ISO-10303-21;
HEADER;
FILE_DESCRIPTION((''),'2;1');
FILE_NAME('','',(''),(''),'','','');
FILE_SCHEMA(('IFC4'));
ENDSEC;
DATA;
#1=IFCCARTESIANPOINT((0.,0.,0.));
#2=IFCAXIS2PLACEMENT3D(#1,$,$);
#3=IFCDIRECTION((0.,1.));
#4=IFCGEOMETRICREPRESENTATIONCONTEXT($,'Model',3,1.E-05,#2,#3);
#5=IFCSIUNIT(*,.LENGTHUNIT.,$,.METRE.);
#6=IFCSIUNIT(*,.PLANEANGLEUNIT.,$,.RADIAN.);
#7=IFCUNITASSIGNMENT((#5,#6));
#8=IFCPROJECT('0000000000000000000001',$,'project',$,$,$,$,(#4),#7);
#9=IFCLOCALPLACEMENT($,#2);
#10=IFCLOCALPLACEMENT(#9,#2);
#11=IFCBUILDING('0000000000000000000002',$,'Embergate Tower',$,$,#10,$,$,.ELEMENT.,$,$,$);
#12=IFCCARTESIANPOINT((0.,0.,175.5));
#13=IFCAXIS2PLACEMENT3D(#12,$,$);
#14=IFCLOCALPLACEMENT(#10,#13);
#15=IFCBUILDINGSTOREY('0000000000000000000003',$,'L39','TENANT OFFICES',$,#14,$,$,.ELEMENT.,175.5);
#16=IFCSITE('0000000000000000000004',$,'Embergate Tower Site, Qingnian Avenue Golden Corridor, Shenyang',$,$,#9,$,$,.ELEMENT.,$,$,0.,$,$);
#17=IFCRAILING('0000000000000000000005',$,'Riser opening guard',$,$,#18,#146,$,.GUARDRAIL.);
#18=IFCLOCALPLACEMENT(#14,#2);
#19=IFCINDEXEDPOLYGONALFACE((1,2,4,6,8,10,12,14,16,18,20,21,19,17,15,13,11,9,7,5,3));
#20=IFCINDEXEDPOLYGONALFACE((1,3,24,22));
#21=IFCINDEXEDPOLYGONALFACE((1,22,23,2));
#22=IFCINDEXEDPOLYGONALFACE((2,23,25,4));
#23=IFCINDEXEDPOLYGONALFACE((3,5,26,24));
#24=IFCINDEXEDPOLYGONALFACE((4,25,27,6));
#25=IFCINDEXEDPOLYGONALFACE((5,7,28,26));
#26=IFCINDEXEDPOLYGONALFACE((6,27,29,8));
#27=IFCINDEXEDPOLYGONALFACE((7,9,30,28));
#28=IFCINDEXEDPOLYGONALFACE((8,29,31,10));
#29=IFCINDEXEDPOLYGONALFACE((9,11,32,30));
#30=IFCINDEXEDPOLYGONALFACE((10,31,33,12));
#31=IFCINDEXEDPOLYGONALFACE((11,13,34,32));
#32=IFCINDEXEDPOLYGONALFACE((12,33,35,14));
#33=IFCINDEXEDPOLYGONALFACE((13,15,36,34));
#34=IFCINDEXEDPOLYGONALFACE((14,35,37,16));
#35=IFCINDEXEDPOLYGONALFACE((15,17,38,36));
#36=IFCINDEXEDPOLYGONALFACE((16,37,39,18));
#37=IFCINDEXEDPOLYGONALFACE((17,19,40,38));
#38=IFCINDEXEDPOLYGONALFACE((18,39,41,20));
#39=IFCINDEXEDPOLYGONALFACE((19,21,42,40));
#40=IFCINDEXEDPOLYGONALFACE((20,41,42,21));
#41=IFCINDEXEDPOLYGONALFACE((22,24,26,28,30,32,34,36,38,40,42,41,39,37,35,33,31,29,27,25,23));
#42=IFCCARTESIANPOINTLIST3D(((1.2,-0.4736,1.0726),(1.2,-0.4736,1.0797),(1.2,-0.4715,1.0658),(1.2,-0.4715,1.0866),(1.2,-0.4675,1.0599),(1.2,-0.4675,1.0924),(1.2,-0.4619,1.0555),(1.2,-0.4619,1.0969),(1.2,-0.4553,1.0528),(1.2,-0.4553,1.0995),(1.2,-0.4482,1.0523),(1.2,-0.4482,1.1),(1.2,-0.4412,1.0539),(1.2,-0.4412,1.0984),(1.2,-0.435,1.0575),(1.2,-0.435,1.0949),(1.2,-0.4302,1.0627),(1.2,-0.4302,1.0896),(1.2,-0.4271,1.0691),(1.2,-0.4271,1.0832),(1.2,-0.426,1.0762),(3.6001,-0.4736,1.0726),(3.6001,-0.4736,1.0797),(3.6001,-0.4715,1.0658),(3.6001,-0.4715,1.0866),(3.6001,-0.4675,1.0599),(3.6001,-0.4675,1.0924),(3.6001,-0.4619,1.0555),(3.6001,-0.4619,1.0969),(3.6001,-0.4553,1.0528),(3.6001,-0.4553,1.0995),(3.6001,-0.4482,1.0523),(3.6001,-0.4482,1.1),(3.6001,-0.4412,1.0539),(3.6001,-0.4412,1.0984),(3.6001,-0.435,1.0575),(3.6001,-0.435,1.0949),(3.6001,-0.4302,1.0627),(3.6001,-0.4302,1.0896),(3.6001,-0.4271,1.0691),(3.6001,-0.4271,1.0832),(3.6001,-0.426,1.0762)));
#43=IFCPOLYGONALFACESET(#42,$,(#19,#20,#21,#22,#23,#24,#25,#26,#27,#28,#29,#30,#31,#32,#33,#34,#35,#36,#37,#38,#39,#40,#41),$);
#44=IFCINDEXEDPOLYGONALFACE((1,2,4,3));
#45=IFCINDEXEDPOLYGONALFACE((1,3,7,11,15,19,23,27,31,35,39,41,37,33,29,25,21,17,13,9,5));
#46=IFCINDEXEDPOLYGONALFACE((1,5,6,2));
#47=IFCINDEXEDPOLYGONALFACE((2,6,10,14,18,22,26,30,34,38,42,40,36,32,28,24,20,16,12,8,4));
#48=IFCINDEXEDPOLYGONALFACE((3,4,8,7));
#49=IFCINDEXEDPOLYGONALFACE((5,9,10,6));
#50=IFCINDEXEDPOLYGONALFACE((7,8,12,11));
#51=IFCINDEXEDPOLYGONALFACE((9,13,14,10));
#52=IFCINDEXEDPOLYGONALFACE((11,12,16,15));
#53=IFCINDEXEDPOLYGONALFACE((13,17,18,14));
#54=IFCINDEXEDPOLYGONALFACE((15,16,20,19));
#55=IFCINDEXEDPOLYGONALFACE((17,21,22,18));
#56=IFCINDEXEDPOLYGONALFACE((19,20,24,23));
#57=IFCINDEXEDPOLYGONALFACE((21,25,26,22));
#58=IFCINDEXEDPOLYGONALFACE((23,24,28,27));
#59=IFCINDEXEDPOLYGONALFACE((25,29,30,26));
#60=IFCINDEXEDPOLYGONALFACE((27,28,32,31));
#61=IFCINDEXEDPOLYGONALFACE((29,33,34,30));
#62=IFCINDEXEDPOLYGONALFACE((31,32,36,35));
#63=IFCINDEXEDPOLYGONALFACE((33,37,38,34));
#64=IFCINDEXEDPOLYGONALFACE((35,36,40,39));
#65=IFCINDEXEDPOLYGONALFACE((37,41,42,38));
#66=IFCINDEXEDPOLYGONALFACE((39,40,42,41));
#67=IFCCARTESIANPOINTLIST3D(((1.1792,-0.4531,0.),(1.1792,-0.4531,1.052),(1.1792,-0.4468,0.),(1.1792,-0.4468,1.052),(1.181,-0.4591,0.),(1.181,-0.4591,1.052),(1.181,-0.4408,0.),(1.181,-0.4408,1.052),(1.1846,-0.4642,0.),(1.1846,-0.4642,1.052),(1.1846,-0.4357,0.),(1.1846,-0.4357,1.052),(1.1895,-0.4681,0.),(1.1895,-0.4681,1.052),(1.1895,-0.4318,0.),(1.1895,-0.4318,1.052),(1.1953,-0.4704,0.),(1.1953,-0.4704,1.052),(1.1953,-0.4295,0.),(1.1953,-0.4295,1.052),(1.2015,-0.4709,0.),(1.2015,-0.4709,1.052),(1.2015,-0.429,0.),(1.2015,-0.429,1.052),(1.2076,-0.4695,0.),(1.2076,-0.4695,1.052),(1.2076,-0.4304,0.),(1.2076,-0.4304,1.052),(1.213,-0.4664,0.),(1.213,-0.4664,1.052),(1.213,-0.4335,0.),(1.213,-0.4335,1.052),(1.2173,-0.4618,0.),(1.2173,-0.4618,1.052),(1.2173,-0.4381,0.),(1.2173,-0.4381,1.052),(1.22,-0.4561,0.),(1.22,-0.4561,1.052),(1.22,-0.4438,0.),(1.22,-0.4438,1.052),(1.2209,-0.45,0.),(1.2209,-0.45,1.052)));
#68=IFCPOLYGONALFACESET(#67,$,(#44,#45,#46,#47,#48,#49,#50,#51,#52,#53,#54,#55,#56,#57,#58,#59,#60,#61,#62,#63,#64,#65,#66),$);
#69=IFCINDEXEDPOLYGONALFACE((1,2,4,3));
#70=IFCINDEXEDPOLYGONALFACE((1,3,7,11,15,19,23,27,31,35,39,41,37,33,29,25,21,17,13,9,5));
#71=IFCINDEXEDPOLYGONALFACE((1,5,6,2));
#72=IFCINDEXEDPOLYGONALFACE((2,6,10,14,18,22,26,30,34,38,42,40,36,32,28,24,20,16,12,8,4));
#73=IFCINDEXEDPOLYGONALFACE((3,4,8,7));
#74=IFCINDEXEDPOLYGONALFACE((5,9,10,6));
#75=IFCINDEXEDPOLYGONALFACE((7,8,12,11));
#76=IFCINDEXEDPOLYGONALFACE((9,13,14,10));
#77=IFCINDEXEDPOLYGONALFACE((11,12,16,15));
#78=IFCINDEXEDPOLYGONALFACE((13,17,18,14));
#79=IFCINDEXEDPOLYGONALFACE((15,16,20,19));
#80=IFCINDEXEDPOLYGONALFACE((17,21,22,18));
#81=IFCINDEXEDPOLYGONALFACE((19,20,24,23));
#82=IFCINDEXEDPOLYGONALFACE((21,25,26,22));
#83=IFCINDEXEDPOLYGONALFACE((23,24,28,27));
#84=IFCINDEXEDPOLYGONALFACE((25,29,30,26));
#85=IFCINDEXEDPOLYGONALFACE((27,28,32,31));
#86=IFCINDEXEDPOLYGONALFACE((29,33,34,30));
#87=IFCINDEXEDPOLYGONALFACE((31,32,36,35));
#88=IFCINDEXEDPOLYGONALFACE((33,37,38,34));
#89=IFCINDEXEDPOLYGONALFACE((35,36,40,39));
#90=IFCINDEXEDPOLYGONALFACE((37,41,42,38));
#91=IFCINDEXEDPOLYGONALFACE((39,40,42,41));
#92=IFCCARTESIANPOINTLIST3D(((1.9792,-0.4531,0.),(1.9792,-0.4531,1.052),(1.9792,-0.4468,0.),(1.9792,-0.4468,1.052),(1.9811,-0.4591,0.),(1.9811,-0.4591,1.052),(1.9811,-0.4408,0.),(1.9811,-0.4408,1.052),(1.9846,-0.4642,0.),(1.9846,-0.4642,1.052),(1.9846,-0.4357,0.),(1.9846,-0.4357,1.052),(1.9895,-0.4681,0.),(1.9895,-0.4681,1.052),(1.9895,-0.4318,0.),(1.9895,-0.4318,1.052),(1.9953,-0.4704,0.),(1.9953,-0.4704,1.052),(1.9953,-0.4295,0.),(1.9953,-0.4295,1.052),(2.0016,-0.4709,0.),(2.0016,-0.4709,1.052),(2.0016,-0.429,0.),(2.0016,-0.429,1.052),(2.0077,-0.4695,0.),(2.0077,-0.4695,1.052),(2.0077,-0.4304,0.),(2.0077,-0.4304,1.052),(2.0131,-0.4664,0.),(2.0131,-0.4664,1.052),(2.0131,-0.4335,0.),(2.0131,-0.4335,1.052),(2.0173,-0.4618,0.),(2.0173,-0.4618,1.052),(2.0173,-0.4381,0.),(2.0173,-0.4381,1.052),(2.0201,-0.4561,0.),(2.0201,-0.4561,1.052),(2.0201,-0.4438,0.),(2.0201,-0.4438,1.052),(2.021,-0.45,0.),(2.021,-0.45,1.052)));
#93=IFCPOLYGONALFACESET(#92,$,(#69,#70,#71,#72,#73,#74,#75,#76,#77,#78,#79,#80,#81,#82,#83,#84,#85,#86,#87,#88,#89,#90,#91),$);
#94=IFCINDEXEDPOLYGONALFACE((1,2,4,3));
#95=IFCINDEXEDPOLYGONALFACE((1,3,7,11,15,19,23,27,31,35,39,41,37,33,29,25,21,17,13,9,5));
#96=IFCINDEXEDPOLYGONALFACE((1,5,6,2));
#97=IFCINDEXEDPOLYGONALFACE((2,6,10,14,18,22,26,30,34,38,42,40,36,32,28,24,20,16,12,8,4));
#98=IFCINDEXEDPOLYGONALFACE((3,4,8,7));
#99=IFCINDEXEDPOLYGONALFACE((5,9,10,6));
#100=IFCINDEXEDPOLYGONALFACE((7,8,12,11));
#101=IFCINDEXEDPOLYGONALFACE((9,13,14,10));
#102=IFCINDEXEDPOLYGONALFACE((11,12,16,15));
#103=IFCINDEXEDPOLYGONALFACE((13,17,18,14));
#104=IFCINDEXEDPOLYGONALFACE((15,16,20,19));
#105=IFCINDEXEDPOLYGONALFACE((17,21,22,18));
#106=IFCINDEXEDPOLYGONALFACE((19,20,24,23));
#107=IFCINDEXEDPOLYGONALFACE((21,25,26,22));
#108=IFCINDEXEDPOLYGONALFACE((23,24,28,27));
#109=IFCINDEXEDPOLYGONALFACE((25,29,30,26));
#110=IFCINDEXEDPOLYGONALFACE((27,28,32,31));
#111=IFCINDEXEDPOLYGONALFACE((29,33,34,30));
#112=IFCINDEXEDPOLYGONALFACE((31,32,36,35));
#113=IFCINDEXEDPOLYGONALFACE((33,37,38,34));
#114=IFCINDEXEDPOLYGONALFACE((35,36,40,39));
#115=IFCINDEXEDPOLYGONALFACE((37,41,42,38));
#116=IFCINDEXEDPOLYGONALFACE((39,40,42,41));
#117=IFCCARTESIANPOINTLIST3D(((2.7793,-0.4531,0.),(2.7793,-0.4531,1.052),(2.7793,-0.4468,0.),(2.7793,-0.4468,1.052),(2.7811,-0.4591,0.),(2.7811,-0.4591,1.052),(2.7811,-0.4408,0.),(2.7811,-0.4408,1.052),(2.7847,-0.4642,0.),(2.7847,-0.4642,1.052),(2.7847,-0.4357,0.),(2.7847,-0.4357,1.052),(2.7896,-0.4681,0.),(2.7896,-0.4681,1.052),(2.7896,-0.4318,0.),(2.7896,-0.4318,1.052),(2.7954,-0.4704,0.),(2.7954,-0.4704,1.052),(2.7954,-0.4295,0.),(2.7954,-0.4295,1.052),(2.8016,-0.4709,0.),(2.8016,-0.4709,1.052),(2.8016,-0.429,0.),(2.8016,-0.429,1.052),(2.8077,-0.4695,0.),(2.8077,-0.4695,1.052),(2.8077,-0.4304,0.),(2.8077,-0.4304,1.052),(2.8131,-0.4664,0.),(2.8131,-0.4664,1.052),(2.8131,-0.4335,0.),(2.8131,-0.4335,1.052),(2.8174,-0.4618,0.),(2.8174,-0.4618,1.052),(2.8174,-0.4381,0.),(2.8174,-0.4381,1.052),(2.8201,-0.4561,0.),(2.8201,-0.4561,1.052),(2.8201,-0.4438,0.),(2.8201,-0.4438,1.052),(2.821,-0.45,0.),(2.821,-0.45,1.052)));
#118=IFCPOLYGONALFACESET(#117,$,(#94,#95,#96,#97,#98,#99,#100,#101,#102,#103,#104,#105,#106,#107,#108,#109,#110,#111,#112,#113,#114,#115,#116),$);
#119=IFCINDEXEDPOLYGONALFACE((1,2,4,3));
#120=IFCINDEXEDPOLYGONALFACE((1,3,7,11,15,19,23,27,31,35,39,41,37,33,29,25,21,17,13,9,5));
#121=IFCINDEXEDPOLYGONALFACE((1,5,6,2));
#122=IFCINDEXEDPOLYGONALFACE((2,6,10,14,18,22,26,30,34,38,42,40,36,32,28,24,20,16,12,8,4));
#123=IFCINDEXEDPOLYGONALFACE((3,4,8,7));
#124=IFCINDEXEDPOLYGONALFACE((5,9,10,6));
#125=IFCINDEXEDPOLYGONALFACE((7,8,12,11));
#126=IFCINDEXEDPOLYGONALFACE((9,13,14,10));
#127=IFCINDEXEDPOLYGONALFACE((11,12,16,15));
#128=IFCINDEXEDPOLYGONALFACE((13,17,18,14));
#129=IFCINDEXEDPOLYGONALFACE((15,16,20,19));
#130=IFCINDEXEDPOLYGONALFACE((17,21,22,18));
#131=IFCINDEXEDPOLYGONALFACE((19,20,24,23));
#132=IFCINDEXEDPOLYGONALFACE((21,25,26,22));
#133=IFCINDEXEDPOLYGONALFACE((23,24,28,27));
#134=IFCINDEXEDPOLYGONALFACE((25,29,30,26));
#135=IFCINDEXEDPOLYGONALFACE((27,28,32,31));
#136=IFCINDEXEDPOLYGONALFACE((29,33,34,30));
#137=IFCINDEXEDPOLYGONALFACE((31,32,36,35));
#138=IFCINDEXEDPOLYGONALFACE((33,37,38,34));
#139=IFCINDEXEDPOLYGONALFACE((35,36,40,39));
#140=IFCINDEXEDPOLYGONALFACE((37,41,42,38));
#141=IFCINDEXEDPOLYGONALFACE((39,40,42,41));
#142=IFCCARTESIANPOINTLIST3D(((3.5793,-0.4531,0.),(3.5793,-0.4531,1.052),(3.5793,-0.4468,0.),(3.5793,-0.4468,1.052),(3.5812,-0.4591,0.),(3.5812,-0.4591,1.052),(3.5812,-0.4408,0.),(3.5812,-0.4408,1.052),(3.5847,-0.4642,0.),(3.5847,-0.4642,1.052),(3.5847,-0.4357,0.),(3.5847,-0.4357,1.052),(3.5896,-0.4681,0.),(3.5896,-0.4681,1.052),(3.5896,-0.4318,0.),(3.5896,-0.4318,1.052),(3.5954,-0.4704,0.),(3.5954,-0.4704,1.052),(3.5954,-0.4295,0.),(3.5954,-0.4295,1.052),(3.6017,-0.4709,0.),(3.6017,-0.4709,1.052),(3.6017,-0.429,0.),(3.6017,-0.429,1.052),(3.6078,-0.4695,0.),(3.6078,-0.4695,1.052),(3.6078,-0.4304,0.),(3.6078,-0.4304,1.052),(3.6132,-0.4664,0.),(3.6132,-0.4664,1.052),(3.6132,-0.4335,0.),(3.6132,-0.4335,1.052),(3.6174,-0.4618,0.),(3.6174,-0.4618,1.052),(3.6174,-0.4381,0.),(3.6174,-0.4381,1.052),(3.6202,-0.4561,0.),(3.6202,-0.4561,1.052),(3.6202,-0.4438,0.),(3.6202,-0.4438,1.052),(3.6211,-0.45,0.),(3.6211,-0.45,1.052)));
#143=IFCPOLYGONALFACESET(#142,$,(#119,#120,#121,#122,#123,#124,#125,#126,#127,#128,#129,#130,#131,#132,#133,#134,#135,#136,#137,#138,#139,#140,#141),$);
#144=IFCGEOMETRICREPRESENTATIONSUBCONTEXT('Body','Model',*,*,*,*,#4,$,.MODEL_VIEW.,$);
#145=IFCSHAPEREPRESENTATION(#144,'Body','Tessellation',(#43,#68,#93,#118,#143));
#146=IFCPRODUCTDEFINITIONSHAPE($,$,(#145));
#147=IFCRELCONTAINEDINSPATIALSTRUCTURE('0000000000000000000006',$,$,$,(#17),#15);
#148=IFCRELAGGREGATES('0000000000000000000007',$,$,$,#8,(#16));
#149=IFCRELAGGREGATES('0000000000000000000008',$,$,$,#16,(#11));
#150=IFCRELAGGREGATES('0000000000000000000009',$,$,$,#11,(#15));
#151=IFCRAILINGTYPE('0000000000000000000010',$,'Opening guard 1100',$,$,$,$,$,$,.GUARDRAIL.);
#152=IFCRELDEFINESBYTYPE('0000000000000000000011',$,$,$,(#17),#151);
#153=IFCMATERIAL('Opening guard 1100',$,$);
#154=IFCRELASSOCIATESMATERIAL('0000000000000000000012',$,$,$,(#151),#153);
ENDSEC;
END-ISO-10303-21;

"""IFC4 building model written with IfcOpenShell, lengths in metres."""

from ifc_helpers import new_model, si_unit, direction, frame, origin, origin_2d, place, context, subcontext, project, spatial, circle, extrude, source, transform, mapped, material, type_object, element, save


model = new_model("IFC4")

# Units and contexts
model_context = context("Model", 3, precision=1e-05, world=origin(), true_north=direction((0.0, 1.0)))
body_context = subcontext(model_context, "Body", "Model", "MODEL_VIEW")
ifc_project = project(units=[si_unit("LENGTHUNIT", "METRE"), si_unit("PLANEANGLEUNIT", "RADIAN")], contexts=[model_context])

# Site, building, storey
site_placement = place(None, origin())
site = spatial("IfcSite", under=ifc_project, at=site_placement, Name="Embergate Tower Site, Qingnian Avenue Golden Corridor, Shenyang", CompositionType="ELEMENT", RefElevation=0.0)
building_placement = place(site_placement, origin())
building = spatial("IfcBuilding", under=site, at=building_placement, Name="Embergate Tower", CompositionType="ELEMENT")
storey_placement = place(building_placement, frame((0.0, 0.0, 175.5)))
storey = spatial("IfcBuildingStorey", under=building, at=storey_placement, Name="L39", Description="TENANT OFFICES", CompositionType="ELEMENT", Elevation=175.5)

# Railing
ifc_material_1 = material(Name="Opening guard 1100")
railing_type_1 = type_object("IfcRailingType", Name="Opening guard 1100", PredefinedType="GUARDRAIL", material=ifc_material_1)
shared_shape_1 = source(origin(), body_context, "Body", "SweptSolid", [
    extrude(circle(Radius=0.0239, at=origin_2d()), frame((0.0, 0.0, 1.0762), z_axis=(1.0, 0.0, 0.0), x_axis=(0.0, 1.0, 0.0)), (0.0, 0.0, 1.0), 2.4001),
    extrude(circle(Radius=0.021, at=origin_2d()), origin(), (0.0, 0.0, 1.0), 1.052),
    extrude(circle(Radius=0.021, at=origin_2d()), frame((0.8, 0.0, 0.0)), (0.0, 0.0, 1.0), 1.052),
    extrude(circle(Radius=0.021, at=origin_2d()), frame((1.6001, 0.0, 0.0)), (0.0, 0.0, 1.0), 1.052),
    extrude(circle(Radius=0.021, at=origin_2d()), frame((2.4001, 0.0, 0.0)), (0.0, 0.0, 1.0), 1.052),
])
railing_1_placement = place(storey_placement, frame((1.2, -0.45, 0.0)))
element("IfcRailing", 1, at=railing_1_placement, inside=storey, type_object=railing_type_1, Name="Riser opening guard", PredefinedType="GUARDRAIL", context=body_context, shape_type="MappedRepresentation", body=[
    mapped(shared_shape_1, transform((0.0, 0.0, 0.0))),
])

save(model, "model.ifc")
